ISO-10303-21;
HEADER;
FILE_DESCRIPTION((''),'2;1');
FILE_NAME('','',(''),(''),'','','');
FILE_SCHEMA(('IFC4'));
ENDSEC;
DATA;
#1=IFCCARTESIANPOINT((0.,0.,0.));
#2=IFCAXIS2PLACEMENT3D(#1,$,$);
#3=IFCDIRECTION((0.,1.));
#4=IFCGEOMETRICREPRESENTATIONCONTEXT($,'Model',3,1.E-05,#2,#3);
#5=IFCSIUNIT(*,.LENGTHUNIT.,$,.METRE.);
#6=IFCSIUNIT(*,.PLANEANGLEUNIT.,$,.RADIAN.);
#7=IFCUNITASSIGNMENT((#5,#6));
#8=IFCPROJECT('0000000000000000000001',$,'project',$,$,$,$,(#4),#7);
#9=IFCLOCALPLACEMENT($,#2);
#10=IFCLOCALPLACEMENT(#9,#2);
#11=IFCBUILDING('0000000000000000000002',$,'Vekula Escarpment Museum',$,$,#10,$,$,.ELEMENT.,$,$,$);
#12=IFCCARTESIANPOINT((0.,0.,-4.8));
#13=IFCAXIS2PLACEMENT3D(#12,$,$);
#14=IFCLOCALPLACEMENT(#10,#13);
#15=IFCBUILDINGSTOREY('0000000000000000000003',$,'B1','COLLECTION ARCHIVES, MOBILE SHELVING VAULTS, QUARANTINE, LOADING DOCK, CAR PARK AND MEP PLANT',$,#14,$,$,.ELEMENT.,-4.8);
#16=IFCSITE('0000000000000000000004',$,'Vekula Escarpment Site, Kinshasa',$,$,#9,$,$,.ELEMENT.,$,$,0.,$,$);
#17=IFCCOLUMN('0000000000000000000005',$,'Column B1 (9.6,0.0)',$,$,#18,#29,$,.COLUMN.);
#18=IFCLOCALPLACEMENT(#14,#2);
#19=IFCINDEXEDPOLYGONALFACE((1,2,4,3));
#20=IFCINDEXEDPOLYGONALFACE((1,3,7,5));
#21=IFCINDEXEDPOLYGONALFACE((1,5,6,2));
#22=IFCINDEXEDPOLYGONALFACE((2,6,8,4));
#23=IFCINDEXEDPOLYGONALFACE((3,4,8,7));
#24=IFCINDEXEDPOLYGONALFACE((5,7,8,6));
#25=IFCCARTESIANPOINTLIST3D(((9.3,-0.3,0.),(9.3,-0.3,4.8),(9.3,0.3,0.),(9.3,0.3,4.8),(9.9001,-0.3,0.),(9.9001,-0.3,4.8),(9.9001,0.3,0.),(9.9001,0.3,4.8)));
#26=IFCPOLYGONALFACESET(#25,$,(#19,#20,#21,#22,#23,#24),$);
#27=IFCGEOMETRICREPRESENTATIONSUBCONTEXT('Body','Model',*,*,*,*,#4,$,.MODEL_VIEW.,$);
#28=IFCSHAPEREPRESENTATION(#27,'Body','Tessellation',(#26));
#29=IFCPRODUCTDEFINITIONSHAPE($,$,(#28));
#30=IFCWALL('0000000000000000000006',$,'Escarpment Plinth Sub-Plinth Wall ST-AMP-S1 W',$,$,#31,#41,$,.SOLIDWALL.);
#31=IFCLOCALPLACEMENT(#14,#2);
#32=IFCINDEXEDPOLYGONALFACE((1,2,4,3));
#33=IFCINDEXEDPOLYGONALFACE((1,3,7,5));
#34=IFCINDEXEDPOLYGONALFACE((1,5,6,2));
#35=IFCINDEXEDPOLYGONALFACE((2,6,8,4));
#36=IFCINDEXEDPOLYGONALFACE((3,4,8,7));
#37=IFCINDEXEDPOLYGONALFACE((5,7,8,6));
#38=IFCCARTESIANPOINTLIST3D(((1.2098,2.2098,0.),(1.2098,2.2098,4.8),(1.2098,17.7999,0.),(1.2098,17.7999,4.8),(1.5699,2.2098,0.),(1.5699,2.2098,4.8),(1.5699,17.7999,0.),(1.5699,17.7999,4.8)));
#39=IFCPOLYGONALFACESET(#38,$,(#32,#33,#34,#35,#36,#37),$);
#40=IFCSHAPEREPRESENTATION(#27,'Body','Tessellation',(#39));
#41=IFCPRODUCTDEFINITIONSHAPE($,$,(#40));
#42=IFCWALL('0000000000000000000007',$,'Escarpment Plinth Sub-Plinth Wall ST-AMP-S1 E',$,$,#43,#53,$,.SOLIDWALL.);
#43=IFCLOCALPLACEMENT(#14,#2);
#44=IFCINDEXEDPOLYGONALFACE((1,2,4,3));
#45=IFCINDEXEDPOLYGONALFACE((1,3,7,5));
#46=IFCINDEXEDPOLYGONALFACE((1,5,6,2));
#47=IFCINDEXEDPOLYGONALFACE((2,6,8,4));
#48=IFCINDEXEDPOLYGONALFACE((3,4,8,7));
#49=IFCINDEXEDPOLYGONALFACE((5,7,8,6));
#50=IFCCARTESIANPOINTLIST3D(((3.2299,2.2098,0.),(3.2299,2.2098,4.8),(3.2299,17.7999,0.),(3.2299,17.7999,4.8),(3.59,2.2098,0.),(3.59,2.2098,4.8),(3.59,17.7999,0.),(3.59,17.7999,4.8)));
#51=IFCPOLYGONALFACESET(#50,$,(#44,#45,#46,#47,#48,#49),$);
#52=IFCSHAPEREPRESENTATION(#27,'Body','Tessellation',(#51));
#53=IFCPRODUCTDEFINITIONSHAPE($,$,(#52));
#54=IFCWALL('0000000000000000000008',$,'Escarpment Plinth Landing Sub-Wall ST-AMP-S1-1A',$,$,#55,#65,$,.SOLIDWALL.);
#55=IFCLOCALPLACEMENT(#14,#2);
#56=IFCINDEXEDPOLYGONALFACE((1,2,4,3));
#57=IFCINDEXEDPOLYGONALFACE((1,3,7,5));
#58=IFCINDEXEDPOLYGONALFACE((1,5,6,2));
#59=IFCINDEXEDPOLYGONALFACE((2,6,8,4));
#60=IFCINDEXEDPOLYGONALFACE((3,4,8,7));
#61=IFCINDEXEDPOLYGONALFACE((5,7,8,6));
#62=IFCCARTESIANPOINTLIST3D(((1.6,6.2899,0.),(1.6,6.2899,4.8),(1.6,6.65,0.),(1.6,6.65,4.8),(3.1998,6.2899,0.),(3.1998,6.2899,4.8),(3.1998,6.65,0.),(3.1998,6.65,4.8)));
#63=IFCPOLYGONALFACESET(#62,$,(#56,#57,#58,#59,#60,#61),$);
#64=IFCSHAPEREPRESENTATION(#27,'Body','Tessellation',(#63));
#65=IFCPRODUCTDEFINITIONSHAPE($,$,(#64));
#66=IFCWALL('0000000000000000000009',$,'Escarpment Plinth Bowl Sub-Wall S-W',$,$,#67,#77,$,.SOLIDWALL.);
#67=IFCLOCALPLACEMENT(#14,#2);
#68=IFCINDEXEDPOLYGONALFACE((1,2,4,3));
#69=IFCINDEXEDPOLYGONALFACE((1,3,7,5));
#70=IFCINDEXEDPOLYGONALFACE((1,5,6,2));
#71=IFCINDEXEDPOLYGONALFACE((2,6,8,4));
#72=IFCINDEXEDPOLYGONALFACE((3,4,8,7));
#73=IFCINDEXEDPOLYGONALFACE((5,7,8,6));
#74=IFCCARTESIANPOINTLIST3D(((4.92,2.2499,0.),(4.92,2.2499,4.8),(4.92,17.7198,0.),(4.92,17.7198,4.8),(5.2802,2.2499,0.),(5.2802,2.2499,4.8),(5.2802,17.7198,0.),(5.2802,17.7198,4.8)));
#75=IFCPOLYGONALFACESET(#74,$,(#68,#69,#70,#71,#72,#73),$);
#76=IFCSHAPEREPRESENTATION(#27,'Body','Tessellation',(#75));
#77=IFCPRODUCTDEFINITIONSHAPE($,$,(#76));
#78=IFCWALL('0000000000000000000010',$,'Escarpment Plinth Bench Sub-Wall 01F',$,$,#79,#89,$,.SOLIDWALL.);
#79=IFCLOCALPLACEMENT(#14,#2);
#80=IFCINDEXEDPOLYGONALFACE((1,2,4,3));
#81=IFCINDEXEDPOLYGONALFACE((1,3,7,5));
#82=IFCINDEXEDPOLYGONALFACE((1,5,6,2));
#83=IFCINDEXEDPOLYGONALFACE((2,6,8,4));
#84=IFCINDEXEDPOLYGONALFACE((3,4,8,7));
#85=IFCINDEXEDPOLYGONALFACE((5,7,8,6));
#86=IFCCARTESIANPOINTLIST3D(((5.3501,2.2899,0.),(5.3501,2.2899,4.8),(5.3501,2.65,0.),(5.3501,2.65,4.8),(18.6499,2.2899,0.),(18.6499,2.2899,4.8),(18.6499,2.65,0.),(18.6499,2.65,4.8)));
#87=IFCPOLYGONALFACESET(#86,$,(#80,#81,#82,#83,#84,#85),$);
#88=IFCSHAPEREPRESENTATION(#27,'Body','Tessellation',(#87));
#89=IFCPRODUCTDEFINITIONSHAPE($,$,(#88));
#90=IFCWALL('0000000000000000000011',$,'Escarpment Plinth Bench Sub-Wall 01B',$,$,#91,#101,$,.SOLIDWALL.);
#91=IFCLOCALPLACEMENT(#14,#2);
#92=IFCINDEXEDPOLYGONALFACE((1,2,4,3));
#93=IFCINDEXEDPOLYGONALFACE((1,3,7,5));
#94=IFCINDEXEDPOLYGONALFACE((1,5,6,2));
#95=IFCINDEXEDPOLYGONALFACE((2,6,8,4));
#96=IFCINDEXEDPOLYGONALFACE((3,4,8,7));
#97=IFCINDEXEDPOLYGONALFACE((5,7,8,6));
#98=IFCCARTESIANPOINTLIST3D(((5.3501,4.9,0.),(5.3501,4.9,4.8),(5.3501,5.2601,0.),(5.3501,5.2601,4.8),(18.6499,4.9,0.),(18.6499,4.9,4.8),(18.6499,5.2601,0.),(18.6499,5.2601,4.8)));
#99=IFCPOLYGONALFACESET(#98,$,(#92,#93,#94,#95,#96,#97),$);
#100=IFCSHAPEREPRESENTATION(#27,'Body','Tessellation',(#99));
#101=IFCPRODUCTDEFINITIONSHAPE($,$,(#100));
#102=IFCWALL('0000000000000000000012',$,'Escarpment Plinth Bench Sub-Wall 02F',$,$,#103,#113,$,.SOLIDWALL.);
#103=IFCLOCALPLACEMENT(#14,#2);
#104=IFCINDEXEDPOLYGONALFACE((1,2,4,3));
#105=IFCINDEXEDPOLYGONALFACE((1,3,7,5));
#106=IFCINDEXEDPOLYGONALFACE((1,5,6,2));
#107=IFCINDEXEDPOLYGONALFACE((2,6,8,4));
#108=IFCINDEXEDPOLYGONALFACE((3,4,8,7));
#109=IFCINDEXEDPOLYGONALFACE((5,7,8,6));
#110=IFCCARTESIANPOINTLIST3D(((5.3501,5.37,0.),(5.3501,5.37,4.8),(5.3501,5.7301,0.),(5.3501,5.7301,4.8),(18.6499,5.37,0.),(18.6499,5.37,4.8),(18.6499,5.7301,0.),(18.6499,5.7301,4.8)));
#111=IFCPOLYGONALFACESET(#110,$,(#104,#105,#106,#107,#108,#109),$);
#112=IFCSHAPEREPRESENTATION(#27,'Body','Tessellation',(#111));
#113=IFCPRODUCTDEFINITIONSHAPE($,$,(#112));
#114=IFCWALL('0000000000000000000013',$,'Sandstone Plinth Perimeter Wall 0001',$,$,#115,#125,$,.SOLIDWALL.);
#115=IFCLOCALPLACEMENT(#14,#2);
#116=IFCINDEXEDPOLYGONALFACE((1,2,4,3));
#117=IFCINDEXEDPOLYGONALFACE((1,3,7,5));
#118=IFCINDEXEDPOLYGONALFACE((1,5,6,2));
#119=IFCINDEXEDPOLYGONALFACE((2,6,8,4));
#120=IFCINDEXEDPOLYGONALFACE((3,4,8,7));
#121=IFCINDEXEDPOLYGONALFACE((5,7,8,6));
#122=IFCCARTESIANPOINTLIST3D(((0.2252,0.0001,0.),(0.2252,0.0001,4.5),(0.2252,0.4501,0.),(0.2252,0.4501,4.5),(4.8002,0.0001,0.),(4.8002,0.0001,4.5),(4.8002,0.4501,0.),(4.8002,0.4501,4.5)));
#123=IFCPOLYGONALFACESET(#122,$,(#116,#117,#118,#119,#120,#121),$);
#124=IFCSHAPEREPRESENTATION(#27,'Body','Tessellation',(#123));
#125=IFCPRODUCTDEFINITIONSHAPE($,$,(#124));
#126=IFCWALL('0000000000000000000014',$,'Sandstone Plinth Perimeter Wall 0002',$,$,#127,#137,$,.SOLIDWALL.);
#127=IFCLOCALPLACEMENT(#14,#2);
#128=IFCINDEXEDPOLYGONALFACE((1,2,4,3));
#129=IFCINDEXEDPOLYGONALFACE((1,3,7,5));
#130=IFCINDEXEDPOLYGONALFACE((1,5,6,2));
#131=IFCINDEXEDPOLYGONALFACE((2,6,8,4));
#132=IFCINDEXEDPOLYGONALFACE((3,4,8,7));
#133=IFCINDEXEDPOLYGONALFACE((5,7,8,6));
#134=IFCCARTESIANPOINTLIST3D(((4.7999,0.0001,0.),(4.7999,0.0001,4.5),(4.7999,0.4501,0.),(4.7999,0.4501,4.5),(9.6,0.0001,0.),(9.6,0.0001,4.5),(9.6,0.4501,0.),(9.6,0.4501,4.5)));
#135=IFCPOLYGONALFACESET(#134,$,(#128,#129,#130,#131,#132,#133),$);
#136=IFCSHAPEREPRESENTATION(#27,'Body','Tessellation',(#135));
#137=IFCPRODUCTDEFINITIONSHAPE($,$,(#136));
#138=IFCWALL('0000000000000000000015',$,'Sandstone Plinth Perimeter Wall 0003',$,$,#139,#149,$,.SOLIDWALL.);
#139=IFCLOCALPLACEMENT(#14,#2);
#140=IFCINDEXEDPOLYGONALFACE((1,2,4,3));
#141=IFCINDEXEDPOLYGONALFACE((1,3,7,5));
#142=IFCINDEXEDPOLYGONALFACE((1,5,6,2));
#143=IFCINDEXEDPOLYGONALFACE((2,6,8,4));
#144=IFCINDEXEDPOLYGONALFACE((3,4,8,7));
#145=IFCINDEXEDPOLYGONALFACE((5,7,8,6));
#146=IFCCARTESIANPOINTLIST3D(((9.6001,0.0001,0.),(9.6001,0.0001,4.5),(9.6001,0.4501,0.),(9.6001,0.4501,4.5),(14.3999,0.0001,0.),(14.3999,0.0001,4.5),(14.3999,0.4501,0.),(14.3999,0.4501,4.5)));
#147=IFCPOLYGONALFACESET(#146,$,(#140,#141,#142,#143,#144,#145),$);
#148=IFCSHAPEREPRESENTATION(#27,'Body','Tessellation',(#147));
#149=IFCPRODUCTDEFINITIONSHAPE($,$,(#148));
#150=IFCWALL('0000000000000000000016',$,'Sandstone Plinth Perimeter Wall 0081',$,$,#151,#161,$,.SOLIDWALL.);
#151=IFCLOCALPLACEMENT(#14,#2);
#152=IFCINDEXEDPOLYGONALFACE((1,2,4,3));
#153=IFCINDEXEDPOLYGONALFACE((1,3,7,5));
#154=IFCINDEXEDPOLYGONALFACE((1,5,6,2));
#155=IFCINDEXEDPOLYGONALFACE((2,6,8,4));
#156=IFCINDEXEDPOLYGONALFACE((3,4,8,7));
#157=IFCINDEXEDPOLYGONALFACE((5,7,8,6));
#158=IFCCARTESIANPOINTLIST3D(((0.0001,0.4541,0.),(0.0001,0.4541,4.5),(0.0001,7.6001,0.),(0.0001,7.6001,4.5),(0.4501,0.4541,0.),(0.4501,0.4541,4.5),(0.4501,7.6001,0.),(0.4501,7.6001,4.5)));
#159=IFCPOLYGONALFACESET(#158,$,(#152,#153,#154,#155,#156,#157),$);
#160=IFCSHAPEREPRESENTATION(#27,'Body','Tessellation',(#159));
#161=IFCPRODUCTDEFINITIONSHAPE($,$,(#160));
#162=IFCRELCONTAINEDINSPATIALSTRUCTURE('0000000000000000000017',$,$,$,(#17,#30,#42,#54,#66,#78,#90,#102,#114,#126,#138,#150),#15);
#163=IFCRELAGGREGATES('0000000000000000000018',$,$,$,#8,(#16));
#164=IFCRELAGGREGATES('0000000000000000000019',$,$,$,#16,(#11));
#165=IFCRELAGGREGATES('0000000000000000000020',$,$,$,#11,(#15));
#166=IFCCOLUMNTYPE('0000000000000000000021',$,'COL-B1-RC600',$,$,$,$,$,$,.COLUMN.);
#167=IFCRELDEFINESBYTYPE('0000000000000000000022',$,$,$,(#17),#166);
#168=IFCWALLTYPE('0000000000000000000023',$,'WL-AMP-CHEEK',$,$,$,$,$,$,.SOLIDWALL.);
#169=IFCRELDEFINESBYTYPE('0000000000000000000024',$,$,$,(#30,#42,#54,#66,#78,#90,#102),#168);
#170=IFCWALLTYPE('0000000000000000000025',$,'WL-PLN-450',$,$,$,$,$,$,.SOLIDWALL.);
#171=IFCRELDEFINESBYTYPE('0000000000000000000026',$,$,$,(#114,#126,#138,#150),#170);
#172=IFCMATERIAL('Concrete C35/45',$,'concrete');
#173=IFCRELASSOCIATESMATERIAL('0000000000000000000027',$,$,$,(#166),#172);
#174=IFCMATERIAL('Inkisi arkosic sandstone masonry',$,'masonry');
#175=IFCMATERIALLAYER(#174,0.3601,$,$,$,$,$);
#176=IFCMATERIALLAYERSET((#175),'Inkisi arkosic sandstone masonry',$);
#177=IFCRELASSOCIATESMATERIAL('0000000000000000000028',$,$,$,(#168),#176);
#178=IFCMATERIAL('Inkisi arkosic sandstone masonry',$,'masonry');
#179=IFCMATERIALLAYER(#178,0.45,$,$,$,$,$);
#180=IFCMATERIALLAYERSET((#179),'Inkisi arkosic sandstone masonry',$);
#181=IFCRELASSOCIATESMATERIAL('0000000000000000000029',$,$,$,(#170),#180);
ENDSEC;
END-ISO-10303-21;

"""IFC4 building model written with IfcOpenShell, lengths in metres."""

from ifc_helpers import new_model, si_unit, direction, frame, frame_2d, origin, origin_2d, place, context, subcontext, project, spatial, rectangle, extrude, material, layer, layer_set, material_profile, profile_set, type_object, element, save


model = new_model("IFC4")

# Units and contexts
model_context = context("Model", 3, precision=1e-05, world=origin(), true_north=direction((0.0, 1.0)))
body_context = subcontext(model_context, "Body", "Model", "MODEL_VIEW")
ifc_project = project(units=[si_unit("LENGTHUNIT", "METRE"), si_unit("PLANEANGLEUNIT", "RADIAN")], contexts=[model_context])

# Site, building, storey
site_placement = place(None, origin())
site = spatial("IfcSite", under=ifc_project, at=site_placement, Name="Vekula Escarpment Site, Kinshasa", CompositionType="ELEMENT", RefElevation=0.0)
building_placement = place(site_placement, origin())
building = spatial("IfcBuilding", under=site, at=building_placement, Name="Vekula Escarpment Museum", CompositionType="ELEMENT")
storey_placement = place(building_placement, frame((0.0, 0.0, -4.8)))
storey = spatial("IfcBuildingStorey", under=building, at=storey_placement, Name="B1", Description="COLLECTION ARCHIVES, MOBILE SHELVING VAULTS, QUARANTINE, LOADING DOCK, CAR PARK AND MEP PLANT", CompositionType="ELEMENT", Elevation=-4.8)

# Column
ifc_material_1 = material(Name="Concrete C35/45", Category="concrete")
ifc_material_profile_1 = material_profile(ifc_material_1, rectangle(XDim=0.6001, YDim=0.6001, at=origin_2d()), Name="RC 600x600")
ifc_profile_set_1 = profile_set([ifc_material_profile_1], Name="Concrete C35/45")
column_type = type_object("IfcColumnType", Name="COL-B1-RC600", PredefinedType="COLUMN", material=ifc_profile_set_1)
for number, where, z_axis, x_axis, name in (
    (1, (9.6001, 0.0, 0.0), (0.0, 0.0, 1.0), (1.0, 0.0, 0.0), "Column B1 (9.6,0.0)"),
):
    element("IfcColumn", number, at=place(storey_placement, frame(where, z_axis=z_axis, x_axis=x_axis)), inside=storey, type_object=column_type, Name=name, PredefinedType="COLUMN", context=body_context, shape_type="SweptSolid", body=[
        extrude(rectangle(XDim=0.6001, YDim=0.6001, at=origin_2d()), origin(), (0.0, 0.0, 1.0), 4.8),
    ])

# Walls
ifc_material_2 = material(Name="Inkisi arkosic sandstone masonry", Category="masonry")
ifc_layer_1 = layer(ifc_material_2, 0.3601)
ifc_layer_set_1 = layer_set([ifc_layer_1], Name="Inkisi arkosic sandstone masonry")
wall_type_1 = type_object("IfcWallType", Name="WL-AMP-CHEEK", PredefinedType="SOLIDWALL", material=ifc_layer_set_1)
for number, where, z_axis, x_axis, name in (
    (2, (1.3899, 2.21, 0.0), (0.0, 0.0, 1.0), (0.0, 1.0, 0.0), "Escarpment Plinth Sub-Plinth Wall ST-AMP-S1 W"),
    (3, (3.4099, 2.21, 0.0), (0.0, 0.0, 1.0), (0.0, 1.0, 0.0), "Escarpment Plinth Sub-Plinth Wall ST-AMP-S1 E"),
):
    element("IfcWall", number, at=place(storey_placement, frame(where, z_axis=z_axis, x_axis=x_axis)), inside=storey, type_object=wall_type_1, Name=name, PredefinedType="SOLIDWALL", context=body_context, shape_type="SweptSolid", body=[
        extrude(rectangle(XDim=15.5901, YDim=0.3601, at=frame_2d((7.7949, 0.0))), origin(), (0.0, 0.0, 1.0), 4.8),
    ])
wall_1_placement = place(storey_placement, frame((1.6001, 6.47, 0.0), z_axis=(0.0, 0.0, 1.0), x_axis=(1.0, 0.0, 0.0)))
element("IfcWall", 4, at=wall_1_placement, inside=storey, type_object=wall_type_1, Name="Escarpment Plinth Landing Sub-Wall ST-AMP-S1-1A", PredefinedType="SOLIDWALL", context=body_context, shape_type="SweptSolid", body=[
    extrude(rectangle(XDim=1.5999, YDim=0.3601, at=frame_2d((0.7998, 0.0))), origin(), (0.0, 0.0, 1.0), 4.8),
])
wall_2_placement = place(storey_placement, frame((5.1001, 2.25, 0.0), z_axis=(0.0, 0.0, 1.0), x_axis=(0.0, 1.0, 0.0)))
element("IfcWall", 5, at=wall_2_placement, inside=storey, type_object=wall_type_1, Name="Escarpment Plinth Bowl Sub-Wall S-W", PredefinedType="SOLIDWALL", context=body_context, shape_type="SweptSolid", body=[
    extrude(rectangle(XDim=15.47, YDim=0.3601, at=frame_2d((7.7349, 0.0))), origin(), (0.0, 0.0, 1.0), 4.8),
])
for number, where, z_axis, x_axis, name in (
    (6, (5.3501, 2.47, 0.0), (0.0, 0.0, 1.0), (1.0, 0.0, 0.0), "Escarpment Plinth Bench Sub-Wall 01F"),
    (7, (5.3501, 5.0801, 0.0), (0.0, 0.0, 1.0), (1.0, 0.0, 0.0), "Escarpment Plinth Bench Sub-Wall 01B"),
    (8, (5.3501, 5.55, 0.0), (0.0, 0.0, 1.0), (1.0, 0.0, 0.0), "Escarpment Plinth Bench Sub-Wall 02F"),
):
    element("IfcWall", number, at=place(storey_placement, frame(where, z_axis=z_axis, x_axis=x_axis)), inside=storey, type_object=wall_type_1, Name=name, PredefinedType="SOLIDWALL", context=body_context, shape_type="SweptSolid", body=[
        extrude(rectangle(XDim=13.2998, YDim=0.3601, at=frame_2d((6.6499, 0.0))), origin(), (0.0, 0.0, 1.0), 4.8),
    ])
ifc_material_3 = material(Name="Inkisi arkosic sandstone masonry", Category="masonry")
ifc_layer_2 = layer(ifc_material_3, 0.45)
ifc_layer_set_2 = layer_set([ifc_layer_2], Name="Inkisi arkosic sandstone masonry")
wall_type_2 = type_object("IfcWallType", Name="WL-PLN-450", PredefinedType="SOLIDWALL", material=ifc_layer_set_2)
wall_3_placement = place(storey_placement, frame((0.2251, 0.2251, 0.0), z_axis=(0.0, 0.0, 1.0), x_axis=(1.0, 0.0, 0.0)))
element("IfcWall", 9, at=wall_3_placement, inside=storey, type_object=wall_type_2, Name="Sandstone Plinth Perimeter Wall 0001", PredefinedType="SOLIDWALL", context=body_context, shape_type="SweptSolid", body=[
    extrude(rectangle(XDim=4.575, YDim=0.45, at=frame_2d((2.2876, 0.0))), origin(), (0.0, 0.0, 1.0), 4.5),
])
wall_4_placement = place(storey_placement, frame((4.8, 0.2251, 0.0), z_axis=(0.0, 0.0, 1.0), x_axis=(1.0, 0.0, 0.0)))
element("IfcWall", 10, at=wall_4_placement, inside=storey, type_object=wall_type_2, Name="Sandstone Plinth Perimeter Wall 0002", PredefinedType="SOLIDWALL", context=body_context, shape_type="SweptSolid", body=[
    extrude(rectangle(XDim=4.8, YDim=0.45, at=frame_2d((2.3999, 0.0))), origin(), (0.0, 0.0, 1.0), 4.5),
])
wall_5_placement = place(storey_placement, frame((9.6001, 0.2251, 0.0), z_axis=(0.0, 0.0, 1.0), x_axis=(1.0, 0.0, 0.0)))
element("IfcWall", 11, at=wall_5_placement, inside=storey, type_object=wall_type_2, Name="Sandstone Plinth Perimeter Wall 0003", PredefinedType="SOLIDWALL", context=body_context, shape_type="SweptSolid", body=[
    extrude(rectangle(XDim=4.7998, YDim=0.45, at=frame_2d((2.3999, 0.0))), origin(), (0.0, 0.0, 1.0), 4.5),
])
wall_6_placement = place(storey_placement, frame((0.2251, 7.6001, 0.0), z_axis=(0.0, 0.0, 1.0), x_axis=(0.0, -1.0, 0.0)))
element("IfcWall", 12, at=wall_6_placement, inside=storey, type_object=wall_type_2, Name="Sandstone Plinth Perimeter Wall 0081", PredefinedType="SOLIDWALL", context=body_context, shape_type="SweptSolid", body=[
    extrude(rectangle(XDim=7.146, YDim=0.45, at=frame_2d((3.573, 0.0))), origin(), (0.0, 0.0, 1.0), 4.5),
])

save(model, "model.ifc")
